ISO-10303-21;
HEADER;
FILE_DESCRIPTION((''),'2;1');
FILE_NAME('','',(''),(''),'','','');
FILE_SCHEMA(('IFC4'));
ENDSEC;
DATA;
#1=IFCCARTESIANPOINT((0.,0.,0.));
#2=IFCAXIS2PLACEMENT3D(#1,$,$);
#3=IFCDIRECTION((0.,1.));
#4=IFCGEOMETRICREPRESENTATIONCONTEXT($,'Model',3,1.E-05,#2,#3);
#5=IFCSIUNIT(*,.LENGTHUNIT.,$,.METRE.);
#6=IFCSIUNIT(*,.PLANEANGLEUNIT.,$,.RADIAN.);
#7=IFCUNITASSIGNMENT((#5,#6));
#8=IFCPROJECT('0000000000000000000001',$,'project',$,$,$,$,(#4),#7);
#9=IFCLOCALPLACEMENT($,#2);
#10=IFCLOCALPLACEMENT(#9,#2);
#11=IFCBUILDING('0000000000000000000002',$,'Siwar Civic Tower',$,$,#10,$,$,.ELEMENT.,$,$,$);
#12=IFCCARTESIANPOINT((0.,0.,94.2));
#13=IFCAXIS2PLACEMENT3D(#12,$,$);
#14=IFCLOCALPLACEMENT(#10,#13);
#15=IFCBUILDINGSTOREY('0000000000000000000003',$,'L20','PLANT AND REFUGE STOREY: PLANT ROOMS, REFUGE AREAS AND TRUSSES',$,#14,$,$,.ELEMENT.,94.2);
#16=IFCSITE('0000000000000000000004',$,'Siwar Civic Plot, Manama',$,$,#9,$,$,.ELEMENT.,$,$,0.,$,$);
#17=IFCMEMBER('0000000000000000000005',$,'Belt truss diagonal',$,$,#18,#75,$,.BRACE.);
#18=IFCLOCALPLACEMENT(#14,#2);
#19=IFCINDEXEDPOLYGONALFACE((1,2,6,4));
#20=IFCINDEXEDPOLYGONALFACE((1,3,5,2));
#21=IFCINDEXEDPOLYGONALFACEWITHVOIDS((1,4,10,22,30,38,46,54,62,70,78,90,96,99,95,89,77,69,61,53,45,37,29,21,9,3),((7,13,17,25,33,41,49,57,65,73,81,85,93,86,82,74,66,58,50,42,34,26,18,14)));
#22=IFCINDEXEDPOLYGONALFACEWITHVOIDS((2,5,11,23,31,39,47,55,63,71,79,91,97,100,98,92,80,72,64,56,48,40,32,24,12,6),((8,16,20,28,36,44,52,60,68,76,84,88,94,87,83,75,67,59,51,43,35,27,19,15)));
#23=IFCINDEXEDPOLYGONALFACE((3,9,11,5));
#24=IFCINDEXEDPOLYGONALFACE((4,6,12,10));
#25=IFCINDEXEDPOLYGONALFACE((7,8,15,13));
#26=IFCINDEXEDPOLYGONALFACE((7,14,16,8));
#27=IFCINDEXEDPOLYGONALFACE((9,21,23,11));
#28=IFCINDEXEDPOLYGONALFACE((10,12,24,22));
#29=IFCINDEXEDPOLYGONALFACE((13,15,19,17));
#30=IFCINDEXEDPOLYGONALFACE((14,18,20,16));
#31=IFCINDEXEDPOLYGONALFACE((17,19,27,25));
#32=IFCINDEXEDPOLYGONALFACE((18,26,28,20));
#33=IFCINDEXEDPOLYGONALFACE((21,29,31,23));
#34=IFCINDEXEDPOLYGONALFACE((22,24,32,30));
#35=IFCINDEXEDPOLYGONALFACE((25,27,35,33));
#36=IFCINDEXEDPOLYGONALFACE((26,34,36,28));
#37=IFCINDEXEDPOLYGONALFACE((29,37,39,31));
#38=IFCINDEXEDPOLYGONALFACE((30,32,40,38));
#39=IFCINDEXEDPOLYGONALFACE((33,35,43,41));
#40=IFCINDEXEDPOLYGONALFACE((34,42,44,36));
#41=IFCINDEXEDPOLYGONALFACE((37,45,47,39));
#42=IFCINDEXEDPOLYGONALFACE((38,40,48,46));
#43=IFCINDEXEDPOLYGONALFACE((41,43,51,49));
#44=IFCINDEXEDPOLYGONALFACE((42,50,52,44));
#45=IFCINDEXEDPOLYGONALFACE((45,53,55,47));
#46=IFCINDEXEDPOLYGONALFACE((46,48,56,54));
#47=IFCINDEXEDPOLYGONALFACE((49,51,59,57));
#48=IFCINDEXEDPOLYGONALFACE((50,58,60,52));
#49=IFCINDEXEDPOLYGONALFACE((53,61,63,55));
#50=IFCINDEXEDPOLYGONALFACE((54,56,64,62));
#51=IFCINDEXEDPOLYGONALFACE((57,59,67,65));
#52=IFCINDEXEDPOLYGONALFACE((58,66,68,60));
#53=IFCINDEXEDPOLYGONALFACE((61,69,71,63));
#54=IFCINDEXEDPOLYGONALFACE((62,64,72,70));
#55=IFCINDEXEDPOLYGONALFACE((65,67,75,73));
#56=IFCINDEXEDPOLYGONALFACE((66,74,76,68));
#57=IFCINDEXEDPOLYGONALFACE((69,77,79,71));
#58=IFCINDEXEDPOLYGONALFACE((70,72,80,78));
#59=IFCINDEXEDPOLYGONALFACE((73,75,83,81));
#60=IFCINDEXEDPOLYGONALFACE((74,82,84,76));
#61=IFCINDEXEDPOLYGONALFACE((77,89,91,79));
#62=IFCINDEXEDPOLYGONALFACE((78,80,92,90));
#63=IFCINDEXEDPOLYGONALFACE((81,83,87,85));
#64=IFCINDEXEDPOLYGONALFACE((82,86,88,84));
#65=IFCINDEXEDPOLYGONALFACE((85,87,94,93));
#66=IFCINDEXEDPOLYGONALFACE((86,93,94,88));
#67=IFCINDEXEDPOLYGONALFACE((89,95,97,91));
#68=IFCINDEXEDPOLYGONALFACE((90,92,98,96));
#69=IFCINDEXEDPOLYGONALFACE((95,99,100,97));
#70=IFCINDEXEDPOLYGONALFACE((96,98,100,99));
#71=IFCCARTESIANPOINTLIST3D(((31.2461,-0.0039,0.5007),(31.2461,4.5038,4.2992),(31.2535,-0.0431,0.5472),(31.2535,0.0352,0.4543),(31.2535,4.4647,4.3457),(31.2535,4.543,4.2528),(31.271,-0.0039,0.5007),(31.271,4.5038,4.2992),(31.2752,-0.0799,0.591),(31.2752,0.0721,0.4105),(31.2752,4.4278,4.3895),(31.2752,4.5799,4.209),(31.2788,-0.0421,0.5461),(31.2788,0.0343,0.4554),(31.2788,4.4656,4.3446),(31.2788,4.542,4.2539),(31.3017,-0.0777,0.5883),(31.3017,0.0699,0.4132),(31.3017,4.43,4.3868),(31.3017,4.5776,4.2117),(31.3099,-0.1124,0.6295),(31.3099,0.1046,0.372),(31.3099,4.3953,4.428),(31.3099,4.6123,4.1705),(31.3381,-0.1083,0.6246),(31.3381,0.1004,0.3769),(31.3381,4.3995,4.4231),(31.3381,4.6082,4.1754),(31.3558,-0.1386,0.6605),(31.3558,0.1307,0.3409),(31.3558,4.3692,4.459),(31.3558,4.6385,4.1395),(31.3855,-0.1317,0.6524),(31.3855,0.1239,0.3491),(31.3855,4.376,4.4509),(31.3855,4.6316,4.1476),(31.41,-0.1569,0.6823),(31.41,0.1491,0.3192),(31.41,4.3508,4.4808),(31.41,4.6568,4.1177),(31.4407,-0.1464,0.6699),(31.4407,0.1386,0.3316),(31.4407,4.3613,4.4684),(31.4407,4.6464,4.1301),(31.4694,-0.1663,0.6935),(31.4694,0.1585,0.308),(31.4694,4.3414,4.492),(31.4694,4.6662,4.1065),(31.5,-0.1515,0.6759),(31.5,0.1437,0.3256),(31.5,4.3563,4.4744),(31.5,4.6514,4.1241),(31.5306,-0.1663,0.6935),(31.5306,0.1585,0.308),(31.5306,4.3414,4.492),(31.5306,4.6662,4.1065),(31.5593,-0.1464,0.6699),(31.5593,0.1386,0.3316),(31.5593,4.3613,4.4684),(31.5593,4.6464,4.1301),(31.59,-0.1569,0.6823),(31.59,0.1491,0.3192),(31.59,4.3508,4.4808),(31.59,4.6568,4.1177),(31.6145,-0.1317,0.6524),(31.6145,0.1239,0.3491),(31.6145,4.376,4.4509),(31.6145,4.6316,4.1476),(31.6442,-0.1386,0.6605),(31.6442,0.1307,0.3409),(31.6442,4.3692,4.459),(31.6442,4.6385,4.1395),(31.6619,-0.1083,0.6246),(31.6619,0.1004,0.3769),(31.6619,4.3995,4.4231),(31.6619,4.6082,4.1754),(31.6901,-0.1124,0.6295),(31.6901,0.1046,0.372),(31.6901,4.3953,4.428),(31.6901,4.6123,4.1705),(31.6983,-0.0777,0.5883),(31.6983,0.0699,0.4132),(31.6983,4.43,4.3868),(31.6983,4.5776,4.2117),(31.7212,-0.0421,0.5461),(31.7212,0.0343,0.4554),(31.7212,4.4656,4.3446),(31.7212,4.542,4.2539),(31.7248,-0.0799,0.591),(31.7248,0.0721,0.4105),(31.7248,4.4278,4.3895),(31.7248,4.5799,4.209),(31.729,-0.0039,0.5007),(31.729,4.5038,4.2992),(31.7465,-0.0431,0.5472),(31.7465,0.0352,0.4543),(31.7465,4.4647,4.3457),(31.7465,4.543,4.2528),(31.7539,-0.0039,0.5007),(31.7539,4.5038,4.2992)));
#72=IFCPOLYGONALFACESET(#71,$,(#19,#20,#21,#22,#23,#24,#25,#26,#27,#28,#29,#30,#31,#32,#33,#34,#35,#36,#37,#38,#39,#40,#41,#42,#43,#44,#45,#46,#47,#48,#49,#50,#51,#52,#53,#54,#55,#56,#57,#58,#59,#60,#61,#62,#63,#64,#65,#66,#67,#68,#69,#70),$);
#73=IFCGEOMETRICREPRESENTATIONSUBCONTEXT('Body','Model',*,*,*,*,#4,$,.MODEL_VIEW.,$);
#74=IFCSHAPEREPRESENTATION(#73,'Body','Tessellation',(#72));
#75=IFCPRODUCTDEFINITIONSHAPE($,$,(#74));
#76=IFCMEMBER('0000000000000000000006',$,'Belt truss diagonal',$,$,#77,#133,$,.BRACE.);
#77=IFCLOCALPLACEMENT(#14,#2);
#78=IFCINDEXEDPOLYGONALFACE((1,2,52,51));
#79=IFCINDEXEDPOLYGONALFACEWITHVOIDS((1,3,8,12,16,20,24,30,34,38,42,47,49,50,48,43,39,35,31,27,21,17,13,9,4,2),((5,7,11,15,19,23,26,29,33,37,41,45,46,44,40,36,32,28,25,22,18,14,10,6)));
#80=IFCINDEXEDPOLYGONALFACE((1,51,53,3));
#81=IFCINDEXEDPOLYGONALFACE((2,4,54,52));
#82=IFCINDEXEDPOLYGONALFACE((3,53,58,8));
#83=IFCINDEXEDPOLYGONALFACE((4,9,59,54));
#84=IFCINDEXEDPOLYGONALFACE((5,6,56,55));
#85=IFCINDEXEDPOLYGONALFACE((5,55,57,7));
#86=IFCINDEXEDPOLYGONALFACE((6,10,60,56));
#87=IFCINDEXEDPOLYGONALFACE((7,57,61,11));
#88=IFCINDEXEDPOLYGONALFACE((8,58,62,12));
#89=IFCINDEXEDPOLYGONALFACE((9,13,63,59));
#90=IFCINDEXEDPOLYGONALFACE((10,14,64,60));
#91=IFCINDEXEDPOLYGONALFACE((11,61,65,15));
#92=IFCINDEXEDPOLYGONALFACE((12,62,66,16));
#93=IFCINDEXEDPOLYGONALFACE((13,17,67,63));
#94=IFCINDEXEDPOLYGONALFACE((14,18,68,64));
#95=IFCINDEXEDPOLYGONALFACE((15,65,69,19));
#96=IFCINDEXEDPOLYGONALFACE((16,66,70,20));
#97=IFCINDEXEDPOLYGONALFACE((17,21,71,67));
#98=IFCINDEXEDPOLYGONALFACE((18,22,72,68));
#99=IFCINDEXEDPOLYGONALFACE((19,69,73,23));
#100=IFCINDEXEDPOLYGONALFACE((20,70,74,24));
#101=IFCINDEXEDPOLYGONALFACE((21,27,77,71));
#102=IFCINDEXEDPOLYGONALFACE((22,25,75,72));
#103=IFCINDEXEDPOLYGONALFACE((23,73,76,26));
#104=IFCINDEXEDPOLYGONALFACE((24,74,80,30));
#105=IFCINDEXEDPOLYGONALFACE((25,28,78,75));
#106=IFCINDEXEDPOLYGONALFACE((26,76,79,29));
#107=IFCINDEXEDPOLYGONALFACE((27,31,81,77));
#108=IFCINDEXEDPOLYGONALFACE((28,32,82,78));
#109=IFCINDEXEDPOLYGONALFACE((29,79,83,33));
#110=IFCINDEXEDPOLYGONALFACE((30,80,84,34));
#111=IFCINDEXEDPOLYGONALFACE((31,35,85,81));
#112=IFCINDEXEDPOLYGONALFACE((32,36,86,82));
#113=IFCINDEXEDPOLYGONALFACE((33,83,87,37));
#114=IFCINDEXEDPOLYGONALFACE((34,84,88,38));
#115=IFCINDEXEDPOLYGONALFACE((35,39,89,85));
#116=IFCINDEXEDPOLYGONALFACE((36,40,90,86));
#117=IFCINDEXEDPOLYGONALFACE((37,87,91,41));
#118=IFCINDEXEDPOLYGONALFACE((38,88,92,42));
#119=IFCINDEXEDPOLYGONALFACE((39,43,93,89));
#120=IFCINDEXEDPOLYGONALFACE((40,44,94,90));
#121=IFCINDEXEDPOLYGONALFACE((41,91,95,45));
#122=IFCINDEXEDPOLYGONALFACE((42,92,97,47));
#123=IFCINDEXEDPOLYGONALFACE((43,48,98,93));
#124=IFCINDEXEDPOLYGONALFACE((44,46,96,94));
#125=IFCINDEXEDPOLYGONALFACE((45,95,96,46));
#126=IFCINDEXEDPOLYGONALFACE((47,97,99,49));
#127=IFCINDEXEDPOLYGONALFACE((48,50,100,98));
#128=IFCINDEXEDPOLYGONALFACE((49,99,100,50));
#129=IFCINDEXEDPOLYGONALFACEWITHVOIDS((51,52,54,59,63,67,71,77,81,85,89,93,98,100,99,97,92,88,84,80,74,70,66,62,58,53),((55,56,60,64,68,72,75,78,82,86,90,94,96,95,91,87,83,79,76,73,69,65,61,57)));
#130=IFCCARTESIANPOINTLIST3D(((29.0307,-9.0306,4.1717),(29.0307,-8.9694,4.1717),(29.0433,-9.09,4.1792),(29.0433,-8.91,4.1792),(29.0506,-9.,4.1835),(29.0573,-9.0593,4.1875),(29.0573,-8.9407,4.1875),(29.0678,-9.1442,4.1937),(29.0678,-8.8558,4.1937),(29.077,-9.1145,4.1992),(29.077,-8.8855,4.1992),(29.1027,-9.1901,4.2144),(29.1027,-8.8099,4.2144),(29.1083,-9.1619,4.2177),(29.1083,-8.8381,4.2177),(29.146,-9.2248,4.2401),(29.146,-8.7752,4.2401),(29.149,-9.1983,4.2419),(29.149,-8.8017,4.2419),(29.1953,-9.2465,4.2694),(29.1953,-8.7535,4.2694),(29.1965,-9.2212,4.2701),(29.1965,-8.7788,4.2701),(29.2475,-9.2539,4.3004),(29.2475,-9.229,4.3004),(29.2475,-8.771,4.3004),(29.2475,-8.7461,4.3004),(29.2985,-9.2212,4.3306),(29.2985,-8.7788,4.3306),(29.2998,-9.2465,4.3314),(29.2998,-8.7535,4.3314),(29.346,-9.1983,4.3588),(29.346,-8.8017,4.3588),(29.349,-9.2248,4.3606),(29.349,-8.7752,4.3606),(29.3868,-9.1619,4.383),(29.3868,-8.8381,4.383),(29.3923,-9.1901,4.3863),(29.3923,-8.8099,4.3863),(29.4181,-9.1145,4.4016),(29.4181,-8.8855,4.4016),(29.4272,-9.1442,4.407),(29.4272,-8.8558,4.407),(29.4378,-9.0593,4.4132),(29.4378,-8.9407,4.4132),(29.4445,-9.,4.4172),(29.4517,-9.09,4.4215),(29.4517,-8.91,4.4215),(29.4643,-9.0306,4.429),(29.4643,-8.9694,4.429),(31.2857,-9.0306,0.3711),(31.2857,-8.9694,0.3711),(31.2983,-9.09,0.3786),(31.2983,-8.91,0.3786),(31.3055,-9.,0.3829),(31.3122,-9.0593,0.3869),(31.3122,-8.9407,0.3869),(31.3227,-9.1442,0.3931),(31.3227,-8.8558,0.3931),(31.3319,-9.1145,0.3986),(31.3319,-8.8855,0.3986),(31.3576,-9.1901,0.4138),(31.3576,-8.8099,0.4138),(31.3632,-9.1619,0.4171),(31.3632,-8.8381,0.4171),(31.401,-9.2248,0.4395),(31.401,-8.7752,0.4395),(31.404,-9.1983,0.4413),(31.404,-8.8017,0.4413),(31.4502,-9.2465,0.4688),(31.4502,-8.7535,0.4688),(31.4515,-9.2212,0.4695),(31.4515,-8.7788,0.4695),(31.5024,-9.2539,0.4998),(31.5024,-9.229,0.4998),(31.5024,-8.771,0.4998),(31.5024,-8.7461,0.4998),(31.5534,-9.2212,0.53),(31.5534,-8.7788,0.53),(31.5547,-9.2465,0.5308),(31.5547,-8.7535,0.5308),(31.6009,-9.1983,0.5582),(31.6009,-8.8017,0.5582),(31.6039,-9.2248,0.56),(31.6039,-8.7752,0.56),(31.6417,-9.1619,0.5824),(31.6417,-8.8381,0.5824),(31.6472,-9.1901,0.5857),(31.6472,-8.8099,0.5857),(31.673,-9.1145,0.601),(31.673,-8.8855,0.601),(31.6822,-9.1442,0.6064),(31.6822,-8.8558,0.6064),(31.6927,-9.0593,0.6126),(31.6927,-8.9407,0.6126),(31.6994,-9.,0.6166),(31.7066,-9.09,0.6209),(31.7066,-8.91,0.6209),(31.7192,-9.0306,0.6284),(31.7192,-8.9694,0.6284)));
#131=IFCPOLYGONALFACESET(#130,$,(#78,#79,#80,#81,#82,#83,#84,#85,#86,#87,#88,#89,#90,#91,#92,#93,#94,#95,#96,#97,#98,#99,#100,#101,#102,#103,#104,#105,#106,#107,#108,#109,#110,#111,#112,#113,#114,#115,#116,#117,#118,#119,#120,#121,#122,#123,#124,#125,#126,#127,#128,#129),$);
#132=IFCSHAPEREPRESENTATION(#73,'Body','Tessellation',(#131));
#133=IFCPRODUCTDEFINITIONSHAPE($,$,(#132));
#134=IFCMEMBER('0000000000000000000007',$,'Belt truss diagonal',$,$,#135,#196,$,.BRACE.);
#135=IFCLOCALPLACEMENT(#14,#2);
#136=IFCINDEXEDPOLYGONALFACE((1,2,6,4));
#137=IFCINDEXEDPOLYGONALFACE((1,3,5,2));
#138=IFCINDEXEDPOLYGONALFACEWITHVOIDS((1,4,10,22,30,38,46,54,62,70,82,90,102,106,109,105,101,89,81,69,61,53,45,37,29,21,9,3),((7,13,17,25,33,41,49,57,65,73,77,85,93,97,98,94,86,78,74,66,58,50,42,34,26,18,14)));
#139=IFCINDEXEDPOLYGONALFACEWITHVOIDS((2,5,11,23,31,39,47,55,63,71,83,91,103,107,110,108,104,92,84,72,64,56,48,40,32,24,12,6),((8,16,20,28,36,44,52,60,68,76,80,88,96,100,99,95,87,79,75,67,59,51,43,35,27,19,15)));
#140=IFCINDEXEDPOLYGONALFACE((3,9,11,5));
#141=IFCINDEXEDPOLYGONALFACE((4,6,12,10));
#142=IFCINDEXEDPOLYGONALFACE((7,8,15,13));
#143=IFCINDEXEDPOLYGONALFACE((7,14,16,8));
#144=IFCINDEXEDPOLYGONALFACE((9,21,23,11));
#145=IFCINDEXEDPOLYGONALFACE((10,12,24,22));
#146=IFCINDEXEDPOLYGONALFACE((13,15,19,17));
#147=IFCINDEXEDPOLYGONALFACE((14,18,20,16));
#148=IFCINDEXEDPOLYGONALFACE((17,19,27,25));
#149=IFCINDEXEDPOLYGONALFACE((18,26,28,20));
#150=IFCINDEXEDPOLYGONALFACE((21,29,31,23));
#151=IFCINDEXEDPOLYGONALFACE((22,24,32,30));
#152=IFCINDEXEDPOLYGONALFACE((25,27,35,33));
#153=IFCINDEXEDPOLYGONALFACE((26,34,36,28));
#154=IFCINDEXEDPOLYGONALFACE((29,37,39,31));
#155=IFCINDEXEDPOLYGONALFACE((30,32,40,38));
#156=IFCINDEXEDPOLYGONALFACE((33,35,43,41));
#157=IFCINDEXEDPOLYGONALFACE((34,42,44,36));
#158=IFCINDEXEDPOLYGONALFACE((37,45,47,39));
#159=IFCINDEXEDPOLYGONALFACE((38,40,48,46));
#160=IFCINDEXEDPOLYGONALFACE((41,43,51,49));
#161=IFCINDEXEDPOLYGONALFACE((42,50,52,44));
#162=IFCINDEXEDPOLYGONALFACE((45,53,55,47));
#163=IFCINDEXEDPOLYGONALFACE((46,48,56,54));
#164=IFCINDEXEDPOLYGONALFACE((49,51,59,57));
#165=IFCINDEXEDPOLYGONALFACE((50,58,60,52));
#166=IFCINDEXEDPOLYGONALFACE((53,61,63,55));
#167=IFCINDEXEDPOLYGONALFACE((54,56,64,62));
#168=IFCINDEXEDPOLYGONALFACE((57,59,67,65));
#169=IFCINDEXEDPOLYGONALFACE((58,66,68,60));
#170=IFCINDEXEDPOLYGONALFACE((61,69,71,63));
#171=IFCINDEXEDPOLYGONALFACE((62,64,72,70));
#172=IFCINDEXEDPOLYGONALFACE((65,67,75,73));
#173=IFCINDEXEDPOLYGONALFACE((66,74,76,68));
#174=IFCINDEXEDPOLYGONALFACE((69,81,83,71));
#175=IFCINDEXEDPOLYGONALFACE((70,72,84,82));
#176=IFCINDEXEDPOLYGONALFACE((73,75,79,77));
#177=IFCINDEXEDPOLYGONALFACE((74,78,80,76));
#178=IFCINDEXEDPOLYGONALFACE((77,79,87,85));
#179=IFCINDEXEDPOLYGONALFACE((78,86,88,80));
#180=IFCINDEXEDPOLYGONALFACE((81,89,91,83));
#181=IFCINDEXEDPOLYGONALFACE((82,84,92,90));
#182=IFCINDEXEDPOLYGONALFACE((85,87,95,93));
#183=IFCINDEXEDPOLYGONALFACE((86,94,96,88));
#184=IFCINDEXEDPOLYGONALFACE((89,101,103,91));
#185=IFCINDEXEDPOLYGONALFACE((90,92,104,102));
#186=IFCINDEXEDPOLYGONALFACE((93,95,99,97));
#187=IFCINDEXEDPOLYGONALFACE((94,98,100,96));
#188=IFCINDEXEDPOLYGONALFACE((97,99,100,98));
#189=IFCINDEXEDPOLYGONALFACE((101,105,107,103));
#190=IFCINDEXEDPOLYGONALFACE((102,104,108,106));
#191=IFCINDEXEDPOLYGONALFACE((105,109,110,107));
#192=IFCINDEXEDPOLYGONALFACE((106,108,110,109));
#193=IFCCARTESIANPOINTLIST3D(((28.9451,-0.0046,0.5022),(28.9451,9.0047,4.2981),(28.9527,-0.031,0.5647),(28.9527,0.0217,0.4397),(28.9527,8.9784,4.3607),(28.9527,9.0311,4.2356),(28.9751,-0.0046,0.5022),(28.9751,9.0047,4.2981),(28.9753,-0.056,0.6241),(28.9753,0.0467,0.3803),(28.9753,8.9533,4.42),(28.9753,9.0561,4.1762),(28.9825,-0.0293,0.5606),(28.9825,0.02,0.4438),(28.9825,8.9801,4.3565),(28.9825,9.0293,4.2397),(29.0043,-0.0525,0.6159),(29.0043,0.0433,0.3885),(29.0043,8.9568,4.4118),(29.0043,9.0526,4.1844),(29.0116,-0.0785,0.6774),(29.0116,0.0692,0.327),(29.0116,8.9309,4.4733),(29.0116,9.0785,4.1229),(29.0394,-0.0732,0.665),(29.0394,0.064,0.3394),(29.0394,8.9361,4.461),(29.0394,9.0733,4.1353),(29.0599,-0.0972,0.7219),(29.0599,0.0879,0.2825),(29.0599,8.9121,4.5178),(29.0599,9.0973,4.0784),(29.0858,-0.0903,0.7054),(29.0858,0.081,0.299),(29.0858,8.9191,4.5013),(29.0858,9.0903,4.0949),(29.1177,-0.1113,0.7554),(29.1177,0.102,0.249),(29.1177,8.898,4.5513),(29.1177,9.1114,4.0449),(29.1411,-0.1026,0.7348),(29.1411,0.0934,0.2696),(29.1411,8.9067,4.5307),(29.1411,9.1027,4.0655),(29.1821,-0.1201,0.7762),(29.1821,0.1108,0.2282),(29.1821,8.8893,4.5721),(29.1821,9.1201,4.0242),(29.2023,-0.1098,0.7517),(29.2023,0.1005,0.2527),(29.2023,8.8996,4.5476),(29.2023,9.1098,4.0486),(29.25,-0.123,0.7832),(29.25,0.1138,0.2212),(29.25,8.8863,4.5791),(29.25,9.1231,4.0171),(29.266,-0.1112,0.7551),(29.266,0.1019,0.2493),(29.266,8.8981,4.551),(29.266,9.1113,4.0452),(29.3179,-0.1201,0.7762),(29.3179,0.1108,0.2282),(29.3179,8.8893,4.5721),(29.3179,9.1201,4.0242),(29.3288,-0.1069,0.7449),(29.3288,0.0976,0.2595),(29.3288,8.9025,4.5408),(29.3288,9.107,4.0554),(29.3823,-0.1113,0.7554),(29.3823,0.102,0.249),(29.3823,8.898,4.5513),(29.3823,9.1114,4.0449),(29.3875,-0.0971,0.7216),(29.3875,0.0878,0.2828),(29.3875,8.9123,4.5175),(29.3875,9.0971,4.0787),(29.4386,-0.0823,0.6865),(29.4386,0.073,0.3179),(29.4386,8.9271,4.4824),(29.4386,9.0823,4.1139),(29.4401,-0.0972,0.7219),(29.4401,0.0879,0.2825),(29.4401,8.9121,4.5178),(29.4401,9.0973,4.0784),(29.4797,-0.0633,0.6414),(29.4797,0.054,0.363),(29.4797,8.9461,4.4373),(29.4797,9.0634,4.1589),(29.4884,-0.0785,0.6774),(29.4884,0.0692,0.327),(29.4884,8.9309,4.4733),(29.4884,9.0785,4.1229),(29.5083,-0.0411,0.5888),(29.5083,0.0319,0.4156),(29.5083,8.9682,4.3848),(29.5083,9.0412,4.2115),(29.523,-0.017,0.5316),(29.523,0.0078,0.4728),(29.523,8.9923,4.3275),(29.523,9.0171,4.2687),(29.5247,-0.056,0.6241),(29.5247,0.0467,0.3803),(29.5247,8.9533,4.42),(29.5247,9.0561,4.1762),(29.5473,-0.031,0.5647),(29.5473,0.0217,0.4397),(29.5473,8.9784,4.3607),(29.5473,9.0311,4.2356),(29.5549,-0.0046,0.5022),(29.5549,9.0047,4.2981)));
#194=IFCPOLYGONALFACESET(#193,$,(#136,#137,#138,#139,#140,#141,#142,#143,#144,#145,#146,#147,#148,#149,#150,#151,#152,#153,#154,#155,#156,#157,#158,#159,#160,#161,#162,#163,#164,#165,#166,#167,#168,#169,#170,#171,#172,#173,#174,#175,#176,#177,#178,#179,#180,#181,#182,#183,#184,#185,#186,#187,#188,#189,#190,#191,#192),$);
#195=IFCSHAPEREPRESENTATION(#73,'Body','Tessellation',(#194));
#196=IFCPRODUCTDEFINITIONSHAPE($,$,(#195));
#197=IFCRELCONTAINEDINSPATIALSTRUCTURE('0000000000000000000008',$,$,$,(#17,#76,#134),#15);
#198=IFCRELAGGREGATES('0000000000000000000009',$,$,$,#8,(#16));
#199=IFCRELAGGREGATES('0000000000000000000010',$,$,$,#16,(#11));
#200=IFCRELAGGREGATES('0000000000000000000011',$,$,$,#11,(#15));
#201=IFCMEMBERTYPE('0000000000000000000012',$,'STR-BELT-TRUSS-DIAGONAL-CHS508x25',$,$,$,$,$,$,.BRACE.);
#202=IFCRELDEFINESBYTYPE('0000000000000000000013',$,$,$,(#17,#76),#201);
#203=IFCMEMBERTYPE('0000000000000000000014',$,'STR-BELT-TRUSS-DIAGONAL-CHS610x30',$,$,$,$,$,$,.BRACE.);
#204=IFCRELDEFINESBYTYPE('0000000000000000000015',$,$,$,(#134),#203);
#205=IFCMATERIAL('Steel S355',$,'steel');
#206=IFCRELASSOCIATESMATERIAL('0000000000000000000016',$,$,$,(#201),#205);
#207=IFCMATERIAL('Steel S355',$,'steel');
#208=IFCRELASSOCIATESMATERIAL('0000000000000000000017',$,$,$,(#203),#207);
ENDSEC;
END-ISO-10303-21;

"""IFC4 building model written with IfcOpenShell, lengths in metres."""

from ifc_helpers import new_model, si_unit, direction, frame, origin, origin_2d, place, context, subcontext, project, spatial, hollow_circle, extrude, material, material_profile, profile_set, type_object, element, save


model = new_model("IFC4")

# Units and contexts
model_context = context("Model", 3, precision=1e-05, world=origin(), true_north=direction((0.0, 1.0)))
body_context = subcontext(model_context, "Body", "Model", "MODEL_VIEW")
ifc_project = project(units=[si_unit("LENGTHUNIT", "METRE"), si_unit("PLANEANGLEUNIT", "RADIAN")], contexts=[model_context])

# Site, building, storey
site_placement = place(None, origin())
site = spatial("IfcSite", under=ifc_project, at=site_placement, Name="Siwar Civic Plot, Manama", CompositionType="ELEMENT", RefElevation=0.0)
building_placement = place(site_placement, origin())
building = spatial("IfcBuilding", under=site, at=building_placement, Name="Siwar Civic Tower", CompositionType="ELEMENT")
storey_placement = place(building_placement, frame((0.0, 0.0, 94.2)))
storey = spatial("IfcBuildingStorey", under=building, at=storey_placement, Name="L20", Description="PLANT AND REFUGE STOREY: PLANT ROOMS, REFUGE AREAS AND TRUSSES", CompositionType="ELEMENT", Elevation=94.2)

# Members
ifc_material_1 = material(Name="Steel S355", Category="steel")
ifc_material_profile_1 = material_profile(ifc_material_1, hollow_circle(Radius=0.2539, WallThickness=0.0249, at=origin_2d()), Name="CHS508x25")
ifc_profile_set_1 = profile_set([ifc_material_profile_1], Name="Steel S355")
member_type_1 = type_object("IfcMemberType", Name="STR-BELT-TRUSS-DIAGONAL-CHS508x25", PredefinedType="BRACE", material=ifc_profile_set_1)
for number, where, z_axis, x_axis, name in (
    (1, (31.5, -0.0039, 0.5007), (0.0, 0.7647, 0.644387), (-1.0, 0.0, 0.0), "Belt truss diagonal"),
):
    element("IfcMember", number, at=place(storey_placement, frame(where, z_axis=z_axis, x_axis=x_axis)), inside=storey, type_object=member_type_1, Name=name, PredefinedType="BRACE", context=body_context, shape_type="SweptSolid", body=[
        extrude(hollow_circle(Radius=0.2539, WallThickness=0.0249, at=origin_2d()), origin(), (0.0, 0.0, 1.0), 5.8948),
    ])
member_1_placement = place(storey_placement, frame((31.5024, -9.0, 0.4998), z_axis=(-0.510257, 0.0, 0.860022), x_axis=(0.0, -1.0, 0.0)))
element("IfcMember", 2, at=member_1_placement, inside=storey, type_object=member_type_1, Name="Belt truss diagonal", PredefinedType="BRACE", context=body_context, shape_type="SweptSolid", body=[
    extrude(hollow_circle(Radius=0.2539, WallThickness=0.0249, at=origin_2d()), origin(), (0.0, 0.0, 1.0), 4.4192),
])
ifc_material_2 = material(Name="Steel S355", Category="steel")
ifc_material_profile_2 = material_profile(ifc_material_2, hollow_circle(Radius=0.3049, WallThickness=0.03, at=origin_2d()), Name="CHS610x30")
ifc_profile_set_2 = profile_set([ifc_material_profile_2], Name="Steel S355")
member_type_2 = type_object("IfcMemberType", Name="STR-BELT-TRUSS-DIAGONAL-CHS610x30", PredefinedType="BRACE", material=ifc_profile_set_2)
member_2_placement = place(storey_placement, frame((29.25, -0.0046, 0.5022), z_axis=(0.0, 0.921543, 0.388276), x_axis=(-1.0, 0.0, 0.0)))
element("IfcMember", 3, at=member_2_placement, inside=storey, type_object=member_type_2, Name="Belt truss diagonal", PredefinedType="BRACE", context=body_context, shape_type="SweptSolid", body=[
    extrude(hollow_circle(Radius=0.3049, WallThickness=0.03, at=origin_2d()), origin(), (0.0, 0.0, 1.0), 9.7764),
])

save(model, "model.ifc")
